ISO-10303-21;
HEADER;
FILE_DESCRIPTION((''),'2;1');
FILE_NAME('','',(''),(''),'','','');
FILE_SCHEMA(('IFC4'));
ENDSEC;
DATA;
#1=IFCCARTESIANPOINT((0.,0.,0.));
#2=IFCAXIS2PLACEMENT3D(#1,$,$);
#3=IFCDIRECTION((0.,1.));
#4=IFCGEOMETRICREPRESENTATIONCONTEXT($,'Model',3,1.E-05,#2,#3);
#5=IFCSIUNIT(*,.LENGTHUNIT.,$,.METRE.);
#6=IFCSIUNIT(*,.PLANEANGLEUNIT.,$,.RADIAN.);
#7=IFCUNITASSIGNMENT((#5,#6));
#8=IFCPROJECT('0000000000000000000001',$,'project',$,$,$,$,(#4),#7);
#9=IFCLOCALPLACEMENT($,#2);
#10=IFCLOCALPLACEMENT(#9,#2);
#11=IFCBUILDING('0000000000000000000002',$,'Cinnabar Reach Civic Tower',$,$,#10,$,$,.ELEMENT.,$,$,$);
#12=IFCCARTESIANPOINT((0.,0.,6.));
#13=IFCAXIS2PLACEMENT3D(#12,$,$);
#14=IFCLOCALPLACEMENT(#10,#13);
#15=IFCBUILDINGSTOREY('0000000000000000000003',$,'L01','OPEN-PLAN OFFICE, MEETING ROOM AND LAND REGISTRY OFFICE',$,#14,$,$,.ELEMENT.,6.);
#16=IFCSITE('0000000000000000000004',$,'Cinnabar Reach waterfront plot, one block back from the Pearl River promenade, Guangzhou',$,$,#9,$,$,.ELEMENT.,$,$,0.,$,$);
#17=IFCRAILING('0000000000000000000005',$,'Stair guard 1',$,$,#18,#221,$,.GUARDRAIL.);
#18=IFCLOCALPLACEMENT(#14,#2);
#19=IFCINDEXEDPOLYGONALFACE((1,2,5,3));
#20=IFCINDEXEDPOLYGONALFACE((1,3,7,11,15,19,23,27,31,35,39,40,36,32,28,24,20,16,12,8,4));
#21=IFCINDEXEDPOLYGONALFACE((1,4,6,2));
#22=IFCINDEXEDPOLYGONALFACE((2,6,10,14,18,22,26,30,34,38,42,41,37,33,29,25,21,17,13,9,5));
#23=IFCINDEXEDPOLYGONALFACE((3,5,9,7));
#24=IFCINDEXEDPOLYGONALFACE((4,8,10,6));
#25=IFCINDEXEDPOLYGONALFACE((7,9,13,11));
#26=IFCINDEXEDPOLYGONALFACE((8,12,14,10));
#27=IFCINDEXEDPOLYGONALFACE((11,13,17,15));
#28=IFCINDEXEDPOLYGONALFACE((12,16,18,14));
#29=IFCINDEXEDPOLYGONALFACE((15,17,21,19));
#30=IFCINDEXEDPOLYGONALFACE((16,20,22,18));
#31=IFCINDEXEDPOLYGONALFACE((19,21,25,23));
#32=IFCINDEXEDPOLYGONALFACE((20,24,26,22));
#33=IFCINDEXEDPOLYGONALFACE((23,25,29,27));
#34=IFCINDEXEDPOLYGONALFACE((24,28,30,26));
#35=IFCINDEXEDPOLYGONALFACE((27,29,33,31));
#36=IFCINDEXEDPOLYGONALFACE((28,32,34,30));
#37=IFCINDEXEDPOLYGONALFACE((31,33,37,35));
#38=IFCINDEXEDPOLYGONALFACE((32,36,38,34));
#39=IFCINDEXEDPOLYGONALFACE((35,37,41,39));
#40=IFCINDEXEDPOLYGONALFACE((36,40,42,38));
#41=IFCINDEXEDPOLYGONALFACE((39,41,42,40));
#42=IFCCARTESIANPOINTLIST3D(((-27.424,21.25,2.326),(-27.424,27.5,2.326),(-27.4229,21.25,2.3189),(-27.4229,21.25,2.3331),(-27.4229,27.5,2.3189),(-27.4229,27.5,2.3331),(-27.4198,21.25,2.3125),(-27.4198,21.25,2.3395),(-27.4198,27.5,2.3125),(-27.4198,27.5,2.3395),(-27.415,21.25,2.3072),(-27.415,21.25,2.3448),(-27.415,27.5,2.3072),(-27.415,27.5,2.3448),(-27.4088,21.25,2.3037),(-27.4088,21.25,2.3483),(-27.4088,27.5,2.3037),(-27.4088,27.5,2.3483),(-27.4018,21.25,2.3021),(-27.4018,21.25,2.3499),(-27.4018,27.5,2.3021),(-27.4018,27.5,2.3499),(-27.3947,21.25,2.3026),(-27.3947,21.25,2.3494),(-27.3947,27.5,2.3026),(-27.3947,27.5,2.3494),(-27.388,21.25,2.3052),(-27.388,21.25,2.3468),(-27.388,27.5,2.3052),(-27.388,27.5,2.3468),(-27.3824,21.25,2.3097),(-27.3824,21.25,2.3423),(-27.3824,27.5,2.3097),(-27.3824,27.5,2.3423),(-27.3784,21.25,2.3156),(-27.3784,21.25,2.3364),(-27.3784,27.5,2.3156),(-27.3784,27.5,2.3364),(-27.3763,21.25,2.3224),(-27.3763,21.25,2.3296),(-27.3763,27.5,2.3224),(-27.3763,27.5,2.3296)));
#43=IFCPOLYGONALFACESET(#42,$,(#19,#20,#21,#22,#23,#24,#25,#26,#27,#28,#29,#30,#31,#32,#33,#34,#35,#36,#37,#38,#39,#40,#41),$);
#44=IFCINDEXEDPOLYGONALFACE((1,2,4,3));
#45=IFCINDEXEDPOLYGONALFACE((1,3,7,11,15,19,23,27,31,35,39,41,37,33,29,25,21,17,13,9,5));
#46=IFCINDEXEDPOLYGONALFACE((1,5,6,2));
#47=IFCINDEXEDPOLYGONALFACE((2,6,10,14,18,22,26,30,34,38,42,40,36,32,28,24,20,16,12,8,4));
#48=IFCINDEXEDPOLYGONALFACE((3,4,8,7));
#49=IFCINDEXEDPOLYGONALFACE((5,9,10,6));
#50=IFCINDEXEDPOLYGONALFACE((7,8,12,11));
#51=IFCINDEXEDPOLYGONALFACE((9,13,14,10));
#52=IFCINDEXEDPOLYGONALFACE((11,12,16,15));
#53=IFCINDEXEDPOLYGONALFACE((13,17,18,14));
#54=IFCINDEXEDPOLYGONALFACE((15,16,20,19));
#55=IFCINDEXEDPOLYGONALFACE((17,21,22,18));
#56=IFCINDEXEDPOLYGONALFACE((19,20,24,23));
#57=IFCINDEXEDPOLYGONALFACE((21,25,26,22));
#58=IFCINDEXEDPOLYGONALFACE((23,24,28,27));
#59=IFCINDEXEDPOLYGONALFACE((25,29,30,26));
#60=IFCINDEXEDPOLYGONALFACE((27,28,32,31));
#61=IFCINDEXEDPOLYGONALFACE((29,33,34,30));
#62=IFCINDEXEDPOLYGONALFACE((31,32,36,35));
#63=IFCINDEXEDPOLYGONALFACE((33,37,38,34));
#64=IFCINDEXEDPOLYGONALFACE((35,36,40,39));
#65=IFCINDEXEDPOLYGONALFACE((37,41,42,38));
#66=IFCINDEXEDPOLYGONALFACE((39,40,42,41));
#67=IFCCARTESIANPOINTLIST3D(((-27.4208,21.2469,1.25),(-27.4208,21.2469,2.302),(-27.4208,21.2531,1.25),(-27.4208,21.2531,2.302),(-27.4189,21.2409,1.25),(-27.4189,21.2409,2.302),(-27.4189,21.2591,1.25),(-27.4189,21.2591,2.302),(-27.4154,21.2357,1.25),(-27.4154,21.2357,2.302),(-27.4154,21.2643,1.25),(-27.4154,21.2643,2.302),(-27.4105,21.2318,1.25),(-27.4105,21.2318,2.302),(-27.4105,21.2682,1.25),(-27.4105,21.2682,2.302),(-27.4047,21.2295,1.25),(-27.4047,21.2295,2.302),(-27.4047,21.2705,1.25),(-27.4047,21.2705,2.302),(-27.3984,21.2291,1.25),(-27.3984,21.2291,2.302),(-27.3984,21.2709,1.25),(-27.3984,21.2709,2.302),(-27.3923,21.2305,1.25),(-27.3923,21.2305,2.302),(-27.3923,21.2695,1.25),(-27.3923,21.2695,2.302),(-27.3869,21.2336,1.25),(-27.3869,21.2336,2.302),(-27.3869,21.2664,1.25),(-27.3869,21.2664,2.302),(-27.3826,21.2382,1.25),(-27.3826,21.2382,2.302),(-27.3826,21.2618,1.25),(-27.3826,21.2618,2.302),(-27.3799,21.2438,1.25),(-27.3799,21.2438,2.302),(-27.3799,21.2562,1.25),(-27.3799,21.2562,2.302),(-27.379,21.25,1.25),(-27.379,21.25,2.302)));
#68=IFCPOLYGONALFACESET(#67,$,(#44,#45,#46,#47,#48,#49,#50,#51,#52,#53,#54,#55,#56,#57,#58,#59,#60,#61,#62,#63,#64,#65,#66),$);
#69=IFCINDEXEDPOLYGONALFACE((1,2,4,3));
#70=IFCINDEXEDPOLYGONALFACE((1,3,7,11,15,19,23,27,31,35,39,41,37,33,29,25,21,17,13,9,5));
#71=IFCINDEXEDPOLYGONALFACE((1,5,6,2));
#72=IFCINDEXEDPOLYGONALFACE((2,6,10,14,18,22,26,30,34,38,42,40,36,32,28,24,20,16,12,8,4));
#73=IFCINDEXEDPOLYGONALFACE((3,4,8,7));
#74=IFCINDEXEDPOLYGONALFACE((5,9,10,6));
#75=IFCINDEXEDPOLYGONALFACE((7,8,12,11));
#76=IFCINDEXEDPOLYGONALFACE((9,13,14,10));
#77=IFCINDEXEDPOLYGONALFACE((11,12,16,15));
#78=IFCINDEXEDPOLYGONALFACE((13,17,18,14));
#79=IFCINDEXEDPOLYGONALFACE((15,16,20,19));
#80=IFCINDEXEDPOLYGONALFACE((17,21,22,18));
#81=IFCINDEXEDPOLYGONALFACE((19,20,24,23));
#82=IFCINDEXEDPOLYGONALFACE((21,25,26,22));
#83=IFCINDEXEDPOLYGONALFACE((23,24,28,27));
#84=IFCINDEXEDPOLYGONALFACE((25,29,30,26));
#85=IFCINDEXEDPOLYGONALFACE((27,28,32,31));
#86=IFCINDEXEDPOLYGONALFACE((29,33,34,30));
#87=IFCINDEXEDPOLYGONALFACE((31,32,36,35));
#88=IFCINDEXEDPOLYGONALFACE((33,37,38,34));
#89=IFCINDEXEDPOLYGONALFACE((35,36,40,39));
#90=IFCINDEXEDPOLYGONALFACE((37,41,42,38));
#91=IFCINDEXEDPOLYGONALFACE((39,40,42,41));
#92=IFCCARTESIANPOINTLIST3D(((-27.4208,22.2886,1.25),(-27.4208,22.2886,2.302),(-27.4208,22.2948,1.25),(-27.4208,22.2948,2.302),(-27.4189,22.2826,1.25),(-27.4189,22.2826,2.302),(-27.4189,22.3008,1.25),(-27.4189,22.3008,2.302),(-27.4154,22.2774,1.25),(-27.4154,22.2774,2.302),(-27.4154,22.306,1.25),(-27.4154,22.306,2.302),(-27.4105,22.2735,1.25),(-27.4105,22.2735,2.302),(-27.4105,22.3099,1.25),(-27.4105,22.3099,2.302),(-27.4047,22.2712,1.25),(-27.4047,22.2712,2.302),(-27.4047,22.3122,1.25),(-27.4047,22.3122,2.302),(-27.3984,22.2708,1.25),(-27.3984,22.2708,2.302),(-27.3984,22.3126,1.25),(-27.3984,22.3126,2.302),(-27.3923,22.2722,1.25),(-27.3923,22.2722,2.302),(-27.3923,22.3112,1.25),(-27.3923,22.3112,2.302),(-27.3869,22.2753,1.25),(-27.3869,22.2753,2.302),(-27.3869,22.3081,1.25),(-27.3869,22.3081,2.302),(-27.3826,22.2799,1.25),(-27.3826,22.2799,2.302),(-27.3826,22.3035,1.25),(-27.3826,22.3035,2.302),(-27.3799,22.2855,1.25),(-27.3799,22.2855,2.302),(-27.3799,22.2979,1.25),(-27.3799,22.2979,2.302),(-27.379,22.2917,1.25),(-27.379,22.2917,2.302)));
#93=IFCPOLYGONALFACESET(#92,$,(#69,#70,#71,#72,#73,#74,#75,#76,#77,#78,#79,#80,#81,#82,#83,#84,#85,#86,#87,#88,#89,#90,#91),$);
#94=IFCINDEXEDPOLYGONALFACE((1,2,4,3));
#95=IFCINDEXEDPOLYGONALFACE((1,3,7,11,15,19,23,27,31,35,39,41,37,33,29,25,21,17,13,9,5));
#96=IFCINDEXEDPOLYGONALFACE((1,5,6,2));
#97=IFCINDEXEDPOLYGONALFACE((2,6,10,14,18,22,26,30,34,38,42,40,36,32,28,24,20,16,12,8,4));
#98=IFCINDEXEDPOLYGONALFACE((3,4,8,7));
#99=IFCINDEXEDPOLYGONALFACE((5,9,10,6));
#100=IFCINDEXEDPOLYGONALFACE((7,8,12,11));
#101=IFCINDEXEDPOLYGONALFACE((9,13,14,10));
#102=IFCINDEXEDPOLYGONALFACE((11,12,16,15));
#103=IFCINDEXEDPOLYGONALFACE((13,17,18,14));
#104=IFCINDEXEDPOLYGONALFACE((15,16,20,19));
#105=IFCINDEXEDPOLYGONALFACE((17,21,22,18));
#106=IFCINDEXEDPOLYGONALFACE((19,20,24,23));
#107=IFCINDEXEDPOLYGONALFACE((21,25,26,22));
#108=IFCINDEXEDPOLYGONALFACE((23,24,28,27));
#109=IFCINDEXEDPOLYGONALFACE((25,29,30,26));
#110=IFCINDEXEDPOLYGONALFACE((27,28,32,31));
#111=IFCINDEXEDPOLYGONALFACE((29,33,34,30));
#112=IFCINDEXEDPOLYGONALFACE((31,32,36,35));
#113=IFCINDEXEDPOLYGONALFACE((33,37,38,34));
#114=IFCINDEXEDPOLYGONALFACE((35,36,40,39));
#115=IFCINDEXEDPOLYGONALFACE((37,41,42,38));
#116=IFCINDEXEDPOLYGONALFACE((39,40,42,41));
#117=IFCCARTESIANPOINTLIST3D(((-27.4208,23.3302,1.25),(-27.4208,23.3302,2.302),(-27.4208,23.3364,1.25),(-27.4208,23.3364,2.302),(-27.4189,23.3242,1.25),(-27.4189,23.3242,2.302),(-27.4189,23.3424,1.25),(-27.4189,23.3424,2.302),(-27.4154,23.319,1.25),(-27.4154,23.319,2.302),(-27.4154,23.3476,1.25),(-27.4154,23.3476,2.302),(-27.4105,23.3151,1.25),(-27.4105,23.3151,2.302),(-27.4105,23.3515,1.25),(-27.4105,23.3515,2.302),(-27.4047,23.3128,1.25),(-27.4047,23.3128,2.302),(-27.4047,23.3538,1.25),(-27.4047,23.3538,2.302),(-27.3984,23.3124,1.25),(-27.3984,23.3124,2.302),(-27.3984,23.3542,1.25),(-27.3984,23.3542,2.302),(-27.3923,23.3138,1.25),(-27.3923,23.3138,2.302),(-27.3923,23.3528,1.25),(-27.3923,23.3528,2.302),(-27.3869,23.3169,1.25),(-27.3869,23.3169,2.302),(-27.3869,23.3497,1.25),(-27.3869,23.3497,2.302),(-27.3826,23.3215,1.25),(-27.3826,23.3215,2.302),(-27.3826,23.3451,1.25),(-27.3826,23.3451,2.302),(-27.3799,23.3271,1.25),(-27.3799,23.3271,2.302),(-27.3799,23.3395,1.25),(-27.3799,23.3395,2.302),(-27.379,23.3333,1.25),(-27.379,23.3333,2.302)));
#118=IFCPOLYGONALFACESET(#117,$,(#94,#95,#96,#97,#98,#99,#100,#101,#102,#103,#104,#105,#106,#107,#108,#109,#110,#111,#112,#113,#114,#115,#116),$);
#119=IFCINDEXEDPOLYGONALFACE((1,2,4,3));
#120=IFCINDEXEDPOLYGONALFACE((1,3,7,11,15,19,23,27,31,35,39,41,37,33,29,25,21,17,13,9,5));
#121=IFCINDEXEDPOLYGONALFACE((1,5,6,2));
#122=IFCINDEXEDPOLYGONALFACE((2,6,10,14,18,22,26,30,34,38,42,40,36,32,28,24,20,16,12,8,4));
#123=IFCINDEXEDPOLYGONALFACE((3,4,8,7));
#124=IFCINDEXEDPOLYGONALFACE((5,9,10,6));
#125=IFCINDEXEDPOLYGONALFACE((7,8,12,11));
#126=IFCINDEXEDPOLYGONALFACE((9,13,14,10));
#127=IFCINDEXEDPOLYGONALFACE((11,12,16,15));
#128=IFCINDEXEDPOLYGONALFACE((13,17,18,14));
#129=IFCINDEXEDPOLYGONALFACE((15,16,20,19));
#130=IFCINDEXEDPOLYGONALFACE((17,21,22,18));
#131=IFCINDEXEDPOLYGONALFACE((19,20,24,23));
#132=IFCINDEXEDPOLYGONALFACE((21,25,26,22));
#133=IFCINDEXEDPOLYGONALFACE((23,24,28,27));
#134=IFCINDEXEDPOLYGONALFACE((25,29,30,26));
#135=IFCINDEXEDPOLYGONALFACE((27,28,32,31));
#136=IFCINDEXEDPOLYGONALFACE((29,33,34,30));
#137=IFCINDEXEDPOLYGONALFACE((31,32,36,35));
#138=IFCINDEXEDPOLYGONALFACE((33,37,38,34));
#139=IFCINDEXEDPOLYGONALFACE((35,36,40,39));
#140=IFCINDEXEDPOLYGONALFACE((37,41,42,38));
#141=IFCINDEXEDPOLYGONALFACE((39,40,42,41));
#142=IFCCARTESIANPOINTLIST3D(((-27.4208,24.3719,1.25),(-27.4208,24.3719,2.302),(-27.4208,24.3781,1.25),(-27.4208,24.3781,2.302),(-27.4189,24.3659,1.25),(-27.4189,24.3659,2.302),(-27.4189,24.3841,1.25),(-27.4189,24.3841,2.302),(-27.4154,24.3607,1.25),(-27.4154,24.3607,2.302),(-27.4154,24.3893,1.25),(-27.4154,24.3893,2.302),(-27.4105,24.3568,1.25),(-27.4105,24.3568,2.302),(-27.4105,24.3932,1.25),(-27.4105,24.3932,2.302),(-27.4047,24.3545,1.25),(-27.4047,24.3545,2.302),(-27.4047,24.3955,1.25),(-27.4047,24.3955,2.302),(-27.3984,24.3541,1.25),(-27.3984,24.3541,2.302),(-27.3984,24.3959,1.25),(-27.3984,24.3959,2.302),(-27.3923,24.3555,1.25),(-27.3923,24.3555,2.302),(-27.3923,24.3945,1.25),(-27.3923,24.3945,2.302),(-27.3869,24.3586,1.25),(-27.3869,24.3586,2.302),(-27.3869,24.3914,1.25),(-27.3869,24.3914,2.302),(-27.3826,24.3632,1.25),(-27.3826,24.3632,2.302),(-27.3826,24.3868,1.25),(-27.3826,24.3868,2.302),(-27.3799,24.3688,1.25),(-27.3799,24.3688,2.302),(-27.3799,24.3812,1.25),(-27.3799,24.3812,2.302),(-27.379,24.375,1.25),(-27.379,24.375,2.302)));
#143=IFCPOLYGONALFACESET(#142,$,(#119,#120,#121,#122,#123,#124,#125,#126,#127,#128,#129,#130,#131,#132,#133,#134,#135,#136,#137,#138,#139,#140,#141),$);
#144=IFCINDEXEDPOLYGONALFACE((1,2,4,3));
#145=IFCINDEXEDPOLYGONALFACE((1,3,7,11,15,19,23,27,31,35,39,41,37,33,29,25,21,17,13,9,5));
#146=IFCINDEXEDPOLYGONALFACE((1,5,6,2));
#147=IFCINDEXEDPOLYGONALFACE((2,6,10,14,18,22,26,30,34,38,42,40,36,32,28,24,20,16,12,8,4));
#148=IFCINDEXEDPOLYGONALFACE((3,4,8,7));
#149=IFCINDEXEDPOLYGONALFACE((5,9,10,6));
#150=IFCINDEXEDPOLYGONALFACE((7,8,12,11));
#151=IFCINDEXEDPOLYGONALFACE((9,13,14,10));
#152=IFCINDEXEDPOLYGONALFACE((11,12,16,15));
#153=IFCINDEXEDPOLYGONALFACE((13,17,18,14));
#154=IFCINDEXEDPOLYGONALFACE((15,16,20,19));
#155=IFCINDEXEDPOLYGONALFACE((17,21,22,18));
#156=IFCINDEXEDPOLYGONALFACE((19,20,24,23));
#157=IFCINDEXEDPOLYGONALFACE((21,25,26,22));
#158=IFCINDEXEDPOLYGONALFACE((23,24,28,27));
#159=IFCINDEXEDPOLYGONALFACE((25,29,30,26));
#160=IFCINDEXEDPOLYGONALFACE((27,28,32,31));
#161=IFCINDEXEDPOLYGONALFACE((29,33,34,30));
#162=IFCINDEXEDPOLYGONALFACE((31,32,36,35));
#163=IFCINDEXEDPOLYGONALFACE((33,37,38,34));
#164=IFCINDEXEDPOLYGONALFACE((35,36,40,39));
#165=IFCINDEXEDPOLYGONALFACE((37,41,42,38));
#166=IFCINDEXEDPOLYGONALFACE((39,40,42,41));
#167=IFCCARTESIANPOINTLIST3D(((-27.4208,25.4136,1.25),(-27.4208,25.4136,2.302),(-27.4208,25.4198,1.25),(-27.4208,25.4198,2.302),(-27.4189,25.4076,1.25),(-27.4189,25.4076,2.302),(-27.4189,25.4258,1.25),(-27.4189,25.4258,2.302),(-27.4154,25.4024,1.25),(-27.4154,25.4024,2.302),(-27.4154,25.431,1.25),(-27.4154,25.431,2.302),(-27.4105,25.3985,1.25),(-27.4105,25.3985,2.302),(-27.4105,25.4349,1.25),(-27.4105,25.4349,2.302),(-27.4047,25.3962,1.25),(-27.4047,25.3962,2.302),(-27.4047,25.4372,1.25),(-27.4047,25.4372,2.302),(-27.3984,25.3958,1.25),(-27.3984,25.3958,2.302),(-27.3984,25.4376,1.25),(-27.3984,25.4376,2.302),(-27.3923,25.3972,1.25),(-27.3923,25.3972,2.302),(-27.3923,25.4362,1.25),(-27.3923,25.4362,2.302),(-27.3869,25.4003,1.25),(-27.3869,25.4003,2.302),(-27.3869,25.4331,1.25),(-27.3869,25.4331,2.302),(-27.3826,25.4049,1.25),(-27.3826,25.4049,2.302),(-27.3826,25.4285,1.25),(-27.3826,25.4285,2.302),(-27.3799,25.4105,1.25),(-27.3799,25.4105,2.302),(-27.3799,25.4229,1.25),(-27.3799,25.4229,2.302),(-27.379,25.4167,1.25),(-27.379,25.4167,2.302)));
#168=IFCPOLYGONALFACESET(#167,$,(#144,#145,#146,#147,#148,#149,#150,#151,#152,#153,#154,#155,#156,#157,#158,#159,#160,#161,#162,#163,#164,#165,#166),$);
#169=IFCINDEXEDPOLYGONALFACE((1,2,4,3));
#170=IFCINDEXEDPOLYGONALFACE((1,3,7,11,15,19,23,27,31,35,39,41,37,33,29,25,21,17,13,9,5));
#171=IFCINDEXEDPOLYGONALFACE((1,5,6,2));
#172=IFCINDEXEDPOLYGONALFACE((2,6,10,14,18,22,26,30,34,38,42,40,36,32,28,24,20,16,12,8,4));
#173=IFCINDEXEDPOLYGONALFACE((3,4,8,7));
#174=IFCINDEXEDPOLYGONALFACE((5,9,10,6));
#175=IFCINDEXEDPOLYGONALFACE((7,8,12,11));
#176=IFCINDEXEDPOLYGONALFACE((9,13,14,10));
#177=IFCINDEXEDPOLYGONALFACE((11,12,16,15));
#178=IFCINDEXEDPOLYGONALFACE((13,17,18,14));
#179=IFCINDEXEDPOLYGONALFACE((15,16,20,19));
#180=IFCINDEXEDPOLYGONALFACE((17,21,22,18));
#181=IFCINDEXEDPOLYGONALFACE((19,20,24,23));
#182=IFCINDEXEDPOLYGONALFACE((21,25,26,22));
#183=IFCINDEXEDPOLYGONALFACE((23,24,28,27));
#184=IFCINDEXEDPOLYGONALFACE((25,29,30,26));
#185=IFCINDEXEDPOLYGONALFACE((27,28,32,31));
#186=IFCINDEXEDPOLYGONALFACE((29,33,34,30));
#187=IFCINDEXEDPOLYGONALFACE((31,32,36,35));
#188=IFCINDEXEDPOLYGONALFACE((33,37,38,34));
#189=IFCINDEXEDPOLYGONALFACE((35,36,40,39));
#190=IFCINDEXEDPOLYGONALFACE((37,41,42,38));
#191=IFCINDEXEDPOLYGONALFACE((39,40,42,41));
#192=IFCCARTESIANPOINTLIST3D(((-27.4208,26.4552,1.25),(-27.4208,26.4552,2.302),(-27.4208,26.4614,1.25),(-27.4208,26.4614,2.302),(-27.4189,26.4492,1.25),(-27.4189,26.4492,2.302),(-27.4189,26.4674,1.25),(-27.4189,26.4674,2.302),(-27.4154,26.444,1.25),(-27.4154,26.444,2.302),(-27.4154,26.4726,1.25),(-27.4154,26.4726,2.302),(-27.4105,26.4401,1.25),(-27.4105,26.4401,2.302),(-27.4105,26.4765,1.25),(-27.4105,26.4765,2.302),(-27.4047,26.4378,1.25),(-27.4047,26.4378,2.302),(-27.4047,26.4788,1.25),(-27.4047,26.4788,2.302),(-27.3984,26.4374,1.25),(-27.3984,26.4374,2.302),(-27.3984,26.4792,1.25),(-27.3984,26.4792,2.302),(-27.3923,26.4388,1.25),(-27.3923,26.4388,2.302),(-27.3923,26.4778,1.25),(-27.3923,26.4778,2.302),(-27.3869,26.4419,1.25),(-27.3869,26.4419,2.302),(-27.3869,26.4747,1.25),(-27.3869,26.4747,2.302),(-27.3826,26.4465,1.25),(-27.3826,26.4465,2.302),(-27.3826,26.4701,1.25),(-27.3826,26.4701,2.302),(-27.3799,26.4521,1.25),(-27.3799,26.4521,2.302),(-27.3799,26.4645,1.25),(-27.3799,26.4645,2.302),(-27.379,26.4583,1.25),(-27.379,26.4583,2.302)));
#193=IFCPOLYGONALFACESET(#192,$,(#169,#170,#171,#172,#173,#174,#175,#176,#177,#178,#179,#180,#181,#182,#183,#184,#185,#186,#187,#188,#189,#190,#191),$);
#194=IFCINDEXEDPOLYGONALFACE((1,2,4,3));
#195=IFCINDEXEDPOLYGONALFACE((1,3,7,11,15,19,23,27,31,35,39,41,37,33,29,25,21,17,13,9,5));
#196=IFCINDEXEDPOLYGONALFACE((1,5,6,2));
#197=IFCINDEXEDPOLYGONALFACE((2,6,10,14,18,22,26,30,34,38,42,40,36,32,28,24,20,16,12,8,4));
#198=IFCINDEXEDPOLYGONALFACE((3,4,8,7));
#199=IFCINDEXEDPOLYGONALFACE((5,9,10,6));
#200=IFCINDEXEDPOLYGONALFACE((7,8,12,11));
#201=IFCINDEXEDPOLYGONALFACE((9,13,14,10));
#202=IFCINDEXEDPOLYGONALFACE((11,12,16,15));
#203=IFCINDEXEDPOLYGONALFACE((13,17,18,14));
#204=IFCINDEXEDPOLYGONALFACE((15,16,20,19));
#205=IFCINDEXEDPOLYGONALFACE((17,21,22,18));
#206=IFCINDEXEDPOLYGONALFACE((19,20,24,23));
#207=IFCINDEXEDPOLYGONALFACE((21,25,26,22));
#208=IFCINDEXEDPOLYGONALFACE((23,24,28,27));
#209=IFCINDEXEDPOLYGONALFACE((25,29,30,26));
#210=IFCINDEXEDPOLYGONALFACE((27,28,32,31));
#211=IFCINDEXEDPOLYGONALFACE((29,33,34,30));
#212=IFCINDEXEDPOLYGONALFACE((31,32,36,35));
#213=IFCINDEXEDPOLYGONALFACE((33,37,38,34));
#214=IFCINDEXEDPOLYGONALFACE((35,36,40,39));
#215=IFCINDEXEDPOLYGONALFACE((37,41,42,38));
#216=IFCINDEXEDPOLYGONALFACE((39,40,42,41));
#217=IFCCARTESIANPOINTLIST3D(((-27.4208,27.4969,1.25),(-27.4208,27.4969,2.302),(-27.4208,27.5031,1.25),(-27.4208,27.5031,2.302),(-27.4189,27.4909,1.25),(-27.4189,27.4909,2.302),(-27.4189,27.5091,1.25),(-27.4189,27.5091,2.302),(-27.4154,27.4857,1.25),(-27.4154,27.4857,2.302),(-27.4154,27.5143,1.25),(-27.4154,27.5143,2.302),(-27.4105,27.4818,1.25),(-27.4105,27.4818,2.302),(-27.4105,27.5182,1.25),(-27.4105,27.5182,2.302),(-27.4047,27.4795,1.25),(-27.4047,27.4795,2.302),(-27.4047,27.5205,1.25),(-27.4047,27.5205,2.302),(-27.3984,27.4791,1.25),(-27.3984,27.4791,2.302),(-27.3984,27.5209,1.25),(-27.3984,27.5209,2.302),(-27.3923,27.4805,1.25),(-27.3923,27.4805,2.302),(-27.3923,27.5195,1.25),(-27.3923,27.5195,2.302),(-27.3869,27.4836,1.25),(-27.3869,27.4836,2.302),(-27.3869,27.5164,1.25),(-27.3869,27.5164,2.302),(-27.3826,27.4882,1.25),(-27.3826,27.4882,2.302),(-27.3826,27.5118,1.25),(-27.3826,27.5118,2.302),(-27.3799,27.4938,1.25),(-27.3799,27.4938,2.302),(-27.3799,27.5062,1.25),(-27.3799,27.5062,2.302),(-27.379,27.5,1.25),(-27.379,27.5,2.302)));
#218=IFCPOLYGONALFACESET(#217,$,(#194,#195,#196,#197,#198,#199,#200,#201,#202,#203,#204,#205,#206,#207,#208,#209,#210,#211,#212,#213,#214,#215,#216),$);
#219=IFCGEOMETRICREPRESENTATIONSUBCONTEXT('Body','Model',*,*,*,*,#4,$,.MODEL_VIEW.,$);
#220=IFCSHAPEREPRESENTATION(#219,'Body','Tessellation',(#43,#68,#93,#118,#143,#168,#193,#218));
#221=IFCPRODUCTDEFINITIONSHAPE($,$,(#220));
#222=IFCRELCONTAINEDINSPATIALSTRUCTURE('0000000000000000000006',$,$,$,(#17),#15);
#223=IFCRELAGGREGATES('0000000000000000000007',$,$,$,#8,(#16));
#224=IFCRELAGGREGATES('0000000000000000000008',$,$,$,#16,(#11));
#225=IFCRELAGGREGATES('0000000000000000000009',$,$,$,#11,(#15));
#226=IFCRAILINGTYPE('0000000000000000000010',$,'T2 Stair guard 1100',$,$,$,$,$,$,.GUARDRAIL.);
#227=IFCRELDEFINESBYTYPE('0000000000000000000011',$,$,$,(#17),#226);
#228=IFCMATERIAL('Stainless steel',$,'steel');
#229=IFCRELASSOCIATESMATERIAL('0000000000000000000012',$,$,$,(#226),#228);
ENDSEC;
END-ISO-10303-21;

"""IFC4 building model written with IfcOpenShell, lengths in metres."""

from ifc_helpers import new_model, si_unit, direction, frame, origin, origin_2d, place, context, subcontext, project, spatial, circle, extrude, material, type_object, element, save


model = new_model("IFC4")

# Units and contexts
model_context = context("Model", 3, precision=1e-05, world=origin(), true_north=direction((0.0, 1.0)))
body_context = subcontext(model_context, "Body", "Model", "MODEL_VIEW")
ifc_project = project(units=[si_unit("LENGTHUNIT", "METRE"), si_unit("PLANEANGLEUNIT", "RADIAN")], contexts=[model_context])

# Site, building, storey
site_placement = place(None, origin())
site = spatial("IfcSite", under=ifc_project, at=site_placement, Name="Cinnabar Reach waterfront plot, one block back from the Pearl River promenade, Guangzhou", CompositionType="ELEMENT", RefElevation=0.0)
building_placement = place(site_placement, origin())
building = spatial("IfcBuilding", under=site, at=building_placement, Name="Cinnabar Reach Civic Tower", CompositionType="ELEMENT")
storey_placement = place(building_placement, frame((0.0, 0.0, 6.0)))
storey = spatial("IfcBuildingStorey", under=building, at=storey_placement, Name="L01", Description="OPEN-PLAN OFFICE, MEETING ROOM AND LAND REGISTRY OFFICE", CompositionType="ELEMENT", Elevation=6.0)

# Railing
ifc_material_1 = material(Name="Stainless steel", Category="steel")
railing_type_1 = type_object("IfcRailingType", Name="T2 Stair guard 1100", PredefinedType="GUARDRAIL", material=ifc_material_1)
for number, where, name in (
    (1, (-27.4, 21.25, 1.25), "Stair guard 1"),
):
    element("IfcRailing", number, at=place(storey_placement, frame(where)), inside=storey, type_object=railing_type_1, Name=name, PredefinedType="GUARDRAIL", context=body_context, shape_type="SweptSolid", body=[
        extrude(circle(Radius=0.024, at=origin_2d()), frame((0.0, 0.0, 1.076), z_axis=(0.0, 1.0, 0.0), x_axis=(-1.0, 0.0, 0.0)), (0.0, 0.0, 1.0), 6.25),
        extrude(circle(Radius=0.021, at=origin_2d()), origin(), (0.0, 0.0, 1.0), 1.052),
        extrude(circle(Radius=0.021, at=origin_2d()), frame((0.0, 1.0417, 0.0)), (0.0, 0.0, 1.0), 1.052),
        extrude(circle(Radius=0.021, at=origin_2d()), frame((0.0, 2.0833, 0.0)), (0.0, 0.0, 1.0), 1.052),
        extrude(circle(Radius=0.021, at=origin_2d()), frame((0.0, 3.125, 0.0)), (0.0, 0.0, 1.0), 1.052),
        extrude(circle(Radius=0.021, at=origin_2d()), frame((0.0, 4.1667, 0.0)), (0.0, 0.0, 1.0), 1.052),
        extrude(circle(Radius=0.021, at=origin_2d()), frame((0.0, 5.2083, 0.0)), (0.0, 0.0, 1.0), 1.052),
        extrude(circle(Radius=0.021, at=origin_2d()), frame((0.0, 6.25, 0.0)), (0.0, 0.0, 1.0), 1.052),
    ])

save(model, "model.ifc")
